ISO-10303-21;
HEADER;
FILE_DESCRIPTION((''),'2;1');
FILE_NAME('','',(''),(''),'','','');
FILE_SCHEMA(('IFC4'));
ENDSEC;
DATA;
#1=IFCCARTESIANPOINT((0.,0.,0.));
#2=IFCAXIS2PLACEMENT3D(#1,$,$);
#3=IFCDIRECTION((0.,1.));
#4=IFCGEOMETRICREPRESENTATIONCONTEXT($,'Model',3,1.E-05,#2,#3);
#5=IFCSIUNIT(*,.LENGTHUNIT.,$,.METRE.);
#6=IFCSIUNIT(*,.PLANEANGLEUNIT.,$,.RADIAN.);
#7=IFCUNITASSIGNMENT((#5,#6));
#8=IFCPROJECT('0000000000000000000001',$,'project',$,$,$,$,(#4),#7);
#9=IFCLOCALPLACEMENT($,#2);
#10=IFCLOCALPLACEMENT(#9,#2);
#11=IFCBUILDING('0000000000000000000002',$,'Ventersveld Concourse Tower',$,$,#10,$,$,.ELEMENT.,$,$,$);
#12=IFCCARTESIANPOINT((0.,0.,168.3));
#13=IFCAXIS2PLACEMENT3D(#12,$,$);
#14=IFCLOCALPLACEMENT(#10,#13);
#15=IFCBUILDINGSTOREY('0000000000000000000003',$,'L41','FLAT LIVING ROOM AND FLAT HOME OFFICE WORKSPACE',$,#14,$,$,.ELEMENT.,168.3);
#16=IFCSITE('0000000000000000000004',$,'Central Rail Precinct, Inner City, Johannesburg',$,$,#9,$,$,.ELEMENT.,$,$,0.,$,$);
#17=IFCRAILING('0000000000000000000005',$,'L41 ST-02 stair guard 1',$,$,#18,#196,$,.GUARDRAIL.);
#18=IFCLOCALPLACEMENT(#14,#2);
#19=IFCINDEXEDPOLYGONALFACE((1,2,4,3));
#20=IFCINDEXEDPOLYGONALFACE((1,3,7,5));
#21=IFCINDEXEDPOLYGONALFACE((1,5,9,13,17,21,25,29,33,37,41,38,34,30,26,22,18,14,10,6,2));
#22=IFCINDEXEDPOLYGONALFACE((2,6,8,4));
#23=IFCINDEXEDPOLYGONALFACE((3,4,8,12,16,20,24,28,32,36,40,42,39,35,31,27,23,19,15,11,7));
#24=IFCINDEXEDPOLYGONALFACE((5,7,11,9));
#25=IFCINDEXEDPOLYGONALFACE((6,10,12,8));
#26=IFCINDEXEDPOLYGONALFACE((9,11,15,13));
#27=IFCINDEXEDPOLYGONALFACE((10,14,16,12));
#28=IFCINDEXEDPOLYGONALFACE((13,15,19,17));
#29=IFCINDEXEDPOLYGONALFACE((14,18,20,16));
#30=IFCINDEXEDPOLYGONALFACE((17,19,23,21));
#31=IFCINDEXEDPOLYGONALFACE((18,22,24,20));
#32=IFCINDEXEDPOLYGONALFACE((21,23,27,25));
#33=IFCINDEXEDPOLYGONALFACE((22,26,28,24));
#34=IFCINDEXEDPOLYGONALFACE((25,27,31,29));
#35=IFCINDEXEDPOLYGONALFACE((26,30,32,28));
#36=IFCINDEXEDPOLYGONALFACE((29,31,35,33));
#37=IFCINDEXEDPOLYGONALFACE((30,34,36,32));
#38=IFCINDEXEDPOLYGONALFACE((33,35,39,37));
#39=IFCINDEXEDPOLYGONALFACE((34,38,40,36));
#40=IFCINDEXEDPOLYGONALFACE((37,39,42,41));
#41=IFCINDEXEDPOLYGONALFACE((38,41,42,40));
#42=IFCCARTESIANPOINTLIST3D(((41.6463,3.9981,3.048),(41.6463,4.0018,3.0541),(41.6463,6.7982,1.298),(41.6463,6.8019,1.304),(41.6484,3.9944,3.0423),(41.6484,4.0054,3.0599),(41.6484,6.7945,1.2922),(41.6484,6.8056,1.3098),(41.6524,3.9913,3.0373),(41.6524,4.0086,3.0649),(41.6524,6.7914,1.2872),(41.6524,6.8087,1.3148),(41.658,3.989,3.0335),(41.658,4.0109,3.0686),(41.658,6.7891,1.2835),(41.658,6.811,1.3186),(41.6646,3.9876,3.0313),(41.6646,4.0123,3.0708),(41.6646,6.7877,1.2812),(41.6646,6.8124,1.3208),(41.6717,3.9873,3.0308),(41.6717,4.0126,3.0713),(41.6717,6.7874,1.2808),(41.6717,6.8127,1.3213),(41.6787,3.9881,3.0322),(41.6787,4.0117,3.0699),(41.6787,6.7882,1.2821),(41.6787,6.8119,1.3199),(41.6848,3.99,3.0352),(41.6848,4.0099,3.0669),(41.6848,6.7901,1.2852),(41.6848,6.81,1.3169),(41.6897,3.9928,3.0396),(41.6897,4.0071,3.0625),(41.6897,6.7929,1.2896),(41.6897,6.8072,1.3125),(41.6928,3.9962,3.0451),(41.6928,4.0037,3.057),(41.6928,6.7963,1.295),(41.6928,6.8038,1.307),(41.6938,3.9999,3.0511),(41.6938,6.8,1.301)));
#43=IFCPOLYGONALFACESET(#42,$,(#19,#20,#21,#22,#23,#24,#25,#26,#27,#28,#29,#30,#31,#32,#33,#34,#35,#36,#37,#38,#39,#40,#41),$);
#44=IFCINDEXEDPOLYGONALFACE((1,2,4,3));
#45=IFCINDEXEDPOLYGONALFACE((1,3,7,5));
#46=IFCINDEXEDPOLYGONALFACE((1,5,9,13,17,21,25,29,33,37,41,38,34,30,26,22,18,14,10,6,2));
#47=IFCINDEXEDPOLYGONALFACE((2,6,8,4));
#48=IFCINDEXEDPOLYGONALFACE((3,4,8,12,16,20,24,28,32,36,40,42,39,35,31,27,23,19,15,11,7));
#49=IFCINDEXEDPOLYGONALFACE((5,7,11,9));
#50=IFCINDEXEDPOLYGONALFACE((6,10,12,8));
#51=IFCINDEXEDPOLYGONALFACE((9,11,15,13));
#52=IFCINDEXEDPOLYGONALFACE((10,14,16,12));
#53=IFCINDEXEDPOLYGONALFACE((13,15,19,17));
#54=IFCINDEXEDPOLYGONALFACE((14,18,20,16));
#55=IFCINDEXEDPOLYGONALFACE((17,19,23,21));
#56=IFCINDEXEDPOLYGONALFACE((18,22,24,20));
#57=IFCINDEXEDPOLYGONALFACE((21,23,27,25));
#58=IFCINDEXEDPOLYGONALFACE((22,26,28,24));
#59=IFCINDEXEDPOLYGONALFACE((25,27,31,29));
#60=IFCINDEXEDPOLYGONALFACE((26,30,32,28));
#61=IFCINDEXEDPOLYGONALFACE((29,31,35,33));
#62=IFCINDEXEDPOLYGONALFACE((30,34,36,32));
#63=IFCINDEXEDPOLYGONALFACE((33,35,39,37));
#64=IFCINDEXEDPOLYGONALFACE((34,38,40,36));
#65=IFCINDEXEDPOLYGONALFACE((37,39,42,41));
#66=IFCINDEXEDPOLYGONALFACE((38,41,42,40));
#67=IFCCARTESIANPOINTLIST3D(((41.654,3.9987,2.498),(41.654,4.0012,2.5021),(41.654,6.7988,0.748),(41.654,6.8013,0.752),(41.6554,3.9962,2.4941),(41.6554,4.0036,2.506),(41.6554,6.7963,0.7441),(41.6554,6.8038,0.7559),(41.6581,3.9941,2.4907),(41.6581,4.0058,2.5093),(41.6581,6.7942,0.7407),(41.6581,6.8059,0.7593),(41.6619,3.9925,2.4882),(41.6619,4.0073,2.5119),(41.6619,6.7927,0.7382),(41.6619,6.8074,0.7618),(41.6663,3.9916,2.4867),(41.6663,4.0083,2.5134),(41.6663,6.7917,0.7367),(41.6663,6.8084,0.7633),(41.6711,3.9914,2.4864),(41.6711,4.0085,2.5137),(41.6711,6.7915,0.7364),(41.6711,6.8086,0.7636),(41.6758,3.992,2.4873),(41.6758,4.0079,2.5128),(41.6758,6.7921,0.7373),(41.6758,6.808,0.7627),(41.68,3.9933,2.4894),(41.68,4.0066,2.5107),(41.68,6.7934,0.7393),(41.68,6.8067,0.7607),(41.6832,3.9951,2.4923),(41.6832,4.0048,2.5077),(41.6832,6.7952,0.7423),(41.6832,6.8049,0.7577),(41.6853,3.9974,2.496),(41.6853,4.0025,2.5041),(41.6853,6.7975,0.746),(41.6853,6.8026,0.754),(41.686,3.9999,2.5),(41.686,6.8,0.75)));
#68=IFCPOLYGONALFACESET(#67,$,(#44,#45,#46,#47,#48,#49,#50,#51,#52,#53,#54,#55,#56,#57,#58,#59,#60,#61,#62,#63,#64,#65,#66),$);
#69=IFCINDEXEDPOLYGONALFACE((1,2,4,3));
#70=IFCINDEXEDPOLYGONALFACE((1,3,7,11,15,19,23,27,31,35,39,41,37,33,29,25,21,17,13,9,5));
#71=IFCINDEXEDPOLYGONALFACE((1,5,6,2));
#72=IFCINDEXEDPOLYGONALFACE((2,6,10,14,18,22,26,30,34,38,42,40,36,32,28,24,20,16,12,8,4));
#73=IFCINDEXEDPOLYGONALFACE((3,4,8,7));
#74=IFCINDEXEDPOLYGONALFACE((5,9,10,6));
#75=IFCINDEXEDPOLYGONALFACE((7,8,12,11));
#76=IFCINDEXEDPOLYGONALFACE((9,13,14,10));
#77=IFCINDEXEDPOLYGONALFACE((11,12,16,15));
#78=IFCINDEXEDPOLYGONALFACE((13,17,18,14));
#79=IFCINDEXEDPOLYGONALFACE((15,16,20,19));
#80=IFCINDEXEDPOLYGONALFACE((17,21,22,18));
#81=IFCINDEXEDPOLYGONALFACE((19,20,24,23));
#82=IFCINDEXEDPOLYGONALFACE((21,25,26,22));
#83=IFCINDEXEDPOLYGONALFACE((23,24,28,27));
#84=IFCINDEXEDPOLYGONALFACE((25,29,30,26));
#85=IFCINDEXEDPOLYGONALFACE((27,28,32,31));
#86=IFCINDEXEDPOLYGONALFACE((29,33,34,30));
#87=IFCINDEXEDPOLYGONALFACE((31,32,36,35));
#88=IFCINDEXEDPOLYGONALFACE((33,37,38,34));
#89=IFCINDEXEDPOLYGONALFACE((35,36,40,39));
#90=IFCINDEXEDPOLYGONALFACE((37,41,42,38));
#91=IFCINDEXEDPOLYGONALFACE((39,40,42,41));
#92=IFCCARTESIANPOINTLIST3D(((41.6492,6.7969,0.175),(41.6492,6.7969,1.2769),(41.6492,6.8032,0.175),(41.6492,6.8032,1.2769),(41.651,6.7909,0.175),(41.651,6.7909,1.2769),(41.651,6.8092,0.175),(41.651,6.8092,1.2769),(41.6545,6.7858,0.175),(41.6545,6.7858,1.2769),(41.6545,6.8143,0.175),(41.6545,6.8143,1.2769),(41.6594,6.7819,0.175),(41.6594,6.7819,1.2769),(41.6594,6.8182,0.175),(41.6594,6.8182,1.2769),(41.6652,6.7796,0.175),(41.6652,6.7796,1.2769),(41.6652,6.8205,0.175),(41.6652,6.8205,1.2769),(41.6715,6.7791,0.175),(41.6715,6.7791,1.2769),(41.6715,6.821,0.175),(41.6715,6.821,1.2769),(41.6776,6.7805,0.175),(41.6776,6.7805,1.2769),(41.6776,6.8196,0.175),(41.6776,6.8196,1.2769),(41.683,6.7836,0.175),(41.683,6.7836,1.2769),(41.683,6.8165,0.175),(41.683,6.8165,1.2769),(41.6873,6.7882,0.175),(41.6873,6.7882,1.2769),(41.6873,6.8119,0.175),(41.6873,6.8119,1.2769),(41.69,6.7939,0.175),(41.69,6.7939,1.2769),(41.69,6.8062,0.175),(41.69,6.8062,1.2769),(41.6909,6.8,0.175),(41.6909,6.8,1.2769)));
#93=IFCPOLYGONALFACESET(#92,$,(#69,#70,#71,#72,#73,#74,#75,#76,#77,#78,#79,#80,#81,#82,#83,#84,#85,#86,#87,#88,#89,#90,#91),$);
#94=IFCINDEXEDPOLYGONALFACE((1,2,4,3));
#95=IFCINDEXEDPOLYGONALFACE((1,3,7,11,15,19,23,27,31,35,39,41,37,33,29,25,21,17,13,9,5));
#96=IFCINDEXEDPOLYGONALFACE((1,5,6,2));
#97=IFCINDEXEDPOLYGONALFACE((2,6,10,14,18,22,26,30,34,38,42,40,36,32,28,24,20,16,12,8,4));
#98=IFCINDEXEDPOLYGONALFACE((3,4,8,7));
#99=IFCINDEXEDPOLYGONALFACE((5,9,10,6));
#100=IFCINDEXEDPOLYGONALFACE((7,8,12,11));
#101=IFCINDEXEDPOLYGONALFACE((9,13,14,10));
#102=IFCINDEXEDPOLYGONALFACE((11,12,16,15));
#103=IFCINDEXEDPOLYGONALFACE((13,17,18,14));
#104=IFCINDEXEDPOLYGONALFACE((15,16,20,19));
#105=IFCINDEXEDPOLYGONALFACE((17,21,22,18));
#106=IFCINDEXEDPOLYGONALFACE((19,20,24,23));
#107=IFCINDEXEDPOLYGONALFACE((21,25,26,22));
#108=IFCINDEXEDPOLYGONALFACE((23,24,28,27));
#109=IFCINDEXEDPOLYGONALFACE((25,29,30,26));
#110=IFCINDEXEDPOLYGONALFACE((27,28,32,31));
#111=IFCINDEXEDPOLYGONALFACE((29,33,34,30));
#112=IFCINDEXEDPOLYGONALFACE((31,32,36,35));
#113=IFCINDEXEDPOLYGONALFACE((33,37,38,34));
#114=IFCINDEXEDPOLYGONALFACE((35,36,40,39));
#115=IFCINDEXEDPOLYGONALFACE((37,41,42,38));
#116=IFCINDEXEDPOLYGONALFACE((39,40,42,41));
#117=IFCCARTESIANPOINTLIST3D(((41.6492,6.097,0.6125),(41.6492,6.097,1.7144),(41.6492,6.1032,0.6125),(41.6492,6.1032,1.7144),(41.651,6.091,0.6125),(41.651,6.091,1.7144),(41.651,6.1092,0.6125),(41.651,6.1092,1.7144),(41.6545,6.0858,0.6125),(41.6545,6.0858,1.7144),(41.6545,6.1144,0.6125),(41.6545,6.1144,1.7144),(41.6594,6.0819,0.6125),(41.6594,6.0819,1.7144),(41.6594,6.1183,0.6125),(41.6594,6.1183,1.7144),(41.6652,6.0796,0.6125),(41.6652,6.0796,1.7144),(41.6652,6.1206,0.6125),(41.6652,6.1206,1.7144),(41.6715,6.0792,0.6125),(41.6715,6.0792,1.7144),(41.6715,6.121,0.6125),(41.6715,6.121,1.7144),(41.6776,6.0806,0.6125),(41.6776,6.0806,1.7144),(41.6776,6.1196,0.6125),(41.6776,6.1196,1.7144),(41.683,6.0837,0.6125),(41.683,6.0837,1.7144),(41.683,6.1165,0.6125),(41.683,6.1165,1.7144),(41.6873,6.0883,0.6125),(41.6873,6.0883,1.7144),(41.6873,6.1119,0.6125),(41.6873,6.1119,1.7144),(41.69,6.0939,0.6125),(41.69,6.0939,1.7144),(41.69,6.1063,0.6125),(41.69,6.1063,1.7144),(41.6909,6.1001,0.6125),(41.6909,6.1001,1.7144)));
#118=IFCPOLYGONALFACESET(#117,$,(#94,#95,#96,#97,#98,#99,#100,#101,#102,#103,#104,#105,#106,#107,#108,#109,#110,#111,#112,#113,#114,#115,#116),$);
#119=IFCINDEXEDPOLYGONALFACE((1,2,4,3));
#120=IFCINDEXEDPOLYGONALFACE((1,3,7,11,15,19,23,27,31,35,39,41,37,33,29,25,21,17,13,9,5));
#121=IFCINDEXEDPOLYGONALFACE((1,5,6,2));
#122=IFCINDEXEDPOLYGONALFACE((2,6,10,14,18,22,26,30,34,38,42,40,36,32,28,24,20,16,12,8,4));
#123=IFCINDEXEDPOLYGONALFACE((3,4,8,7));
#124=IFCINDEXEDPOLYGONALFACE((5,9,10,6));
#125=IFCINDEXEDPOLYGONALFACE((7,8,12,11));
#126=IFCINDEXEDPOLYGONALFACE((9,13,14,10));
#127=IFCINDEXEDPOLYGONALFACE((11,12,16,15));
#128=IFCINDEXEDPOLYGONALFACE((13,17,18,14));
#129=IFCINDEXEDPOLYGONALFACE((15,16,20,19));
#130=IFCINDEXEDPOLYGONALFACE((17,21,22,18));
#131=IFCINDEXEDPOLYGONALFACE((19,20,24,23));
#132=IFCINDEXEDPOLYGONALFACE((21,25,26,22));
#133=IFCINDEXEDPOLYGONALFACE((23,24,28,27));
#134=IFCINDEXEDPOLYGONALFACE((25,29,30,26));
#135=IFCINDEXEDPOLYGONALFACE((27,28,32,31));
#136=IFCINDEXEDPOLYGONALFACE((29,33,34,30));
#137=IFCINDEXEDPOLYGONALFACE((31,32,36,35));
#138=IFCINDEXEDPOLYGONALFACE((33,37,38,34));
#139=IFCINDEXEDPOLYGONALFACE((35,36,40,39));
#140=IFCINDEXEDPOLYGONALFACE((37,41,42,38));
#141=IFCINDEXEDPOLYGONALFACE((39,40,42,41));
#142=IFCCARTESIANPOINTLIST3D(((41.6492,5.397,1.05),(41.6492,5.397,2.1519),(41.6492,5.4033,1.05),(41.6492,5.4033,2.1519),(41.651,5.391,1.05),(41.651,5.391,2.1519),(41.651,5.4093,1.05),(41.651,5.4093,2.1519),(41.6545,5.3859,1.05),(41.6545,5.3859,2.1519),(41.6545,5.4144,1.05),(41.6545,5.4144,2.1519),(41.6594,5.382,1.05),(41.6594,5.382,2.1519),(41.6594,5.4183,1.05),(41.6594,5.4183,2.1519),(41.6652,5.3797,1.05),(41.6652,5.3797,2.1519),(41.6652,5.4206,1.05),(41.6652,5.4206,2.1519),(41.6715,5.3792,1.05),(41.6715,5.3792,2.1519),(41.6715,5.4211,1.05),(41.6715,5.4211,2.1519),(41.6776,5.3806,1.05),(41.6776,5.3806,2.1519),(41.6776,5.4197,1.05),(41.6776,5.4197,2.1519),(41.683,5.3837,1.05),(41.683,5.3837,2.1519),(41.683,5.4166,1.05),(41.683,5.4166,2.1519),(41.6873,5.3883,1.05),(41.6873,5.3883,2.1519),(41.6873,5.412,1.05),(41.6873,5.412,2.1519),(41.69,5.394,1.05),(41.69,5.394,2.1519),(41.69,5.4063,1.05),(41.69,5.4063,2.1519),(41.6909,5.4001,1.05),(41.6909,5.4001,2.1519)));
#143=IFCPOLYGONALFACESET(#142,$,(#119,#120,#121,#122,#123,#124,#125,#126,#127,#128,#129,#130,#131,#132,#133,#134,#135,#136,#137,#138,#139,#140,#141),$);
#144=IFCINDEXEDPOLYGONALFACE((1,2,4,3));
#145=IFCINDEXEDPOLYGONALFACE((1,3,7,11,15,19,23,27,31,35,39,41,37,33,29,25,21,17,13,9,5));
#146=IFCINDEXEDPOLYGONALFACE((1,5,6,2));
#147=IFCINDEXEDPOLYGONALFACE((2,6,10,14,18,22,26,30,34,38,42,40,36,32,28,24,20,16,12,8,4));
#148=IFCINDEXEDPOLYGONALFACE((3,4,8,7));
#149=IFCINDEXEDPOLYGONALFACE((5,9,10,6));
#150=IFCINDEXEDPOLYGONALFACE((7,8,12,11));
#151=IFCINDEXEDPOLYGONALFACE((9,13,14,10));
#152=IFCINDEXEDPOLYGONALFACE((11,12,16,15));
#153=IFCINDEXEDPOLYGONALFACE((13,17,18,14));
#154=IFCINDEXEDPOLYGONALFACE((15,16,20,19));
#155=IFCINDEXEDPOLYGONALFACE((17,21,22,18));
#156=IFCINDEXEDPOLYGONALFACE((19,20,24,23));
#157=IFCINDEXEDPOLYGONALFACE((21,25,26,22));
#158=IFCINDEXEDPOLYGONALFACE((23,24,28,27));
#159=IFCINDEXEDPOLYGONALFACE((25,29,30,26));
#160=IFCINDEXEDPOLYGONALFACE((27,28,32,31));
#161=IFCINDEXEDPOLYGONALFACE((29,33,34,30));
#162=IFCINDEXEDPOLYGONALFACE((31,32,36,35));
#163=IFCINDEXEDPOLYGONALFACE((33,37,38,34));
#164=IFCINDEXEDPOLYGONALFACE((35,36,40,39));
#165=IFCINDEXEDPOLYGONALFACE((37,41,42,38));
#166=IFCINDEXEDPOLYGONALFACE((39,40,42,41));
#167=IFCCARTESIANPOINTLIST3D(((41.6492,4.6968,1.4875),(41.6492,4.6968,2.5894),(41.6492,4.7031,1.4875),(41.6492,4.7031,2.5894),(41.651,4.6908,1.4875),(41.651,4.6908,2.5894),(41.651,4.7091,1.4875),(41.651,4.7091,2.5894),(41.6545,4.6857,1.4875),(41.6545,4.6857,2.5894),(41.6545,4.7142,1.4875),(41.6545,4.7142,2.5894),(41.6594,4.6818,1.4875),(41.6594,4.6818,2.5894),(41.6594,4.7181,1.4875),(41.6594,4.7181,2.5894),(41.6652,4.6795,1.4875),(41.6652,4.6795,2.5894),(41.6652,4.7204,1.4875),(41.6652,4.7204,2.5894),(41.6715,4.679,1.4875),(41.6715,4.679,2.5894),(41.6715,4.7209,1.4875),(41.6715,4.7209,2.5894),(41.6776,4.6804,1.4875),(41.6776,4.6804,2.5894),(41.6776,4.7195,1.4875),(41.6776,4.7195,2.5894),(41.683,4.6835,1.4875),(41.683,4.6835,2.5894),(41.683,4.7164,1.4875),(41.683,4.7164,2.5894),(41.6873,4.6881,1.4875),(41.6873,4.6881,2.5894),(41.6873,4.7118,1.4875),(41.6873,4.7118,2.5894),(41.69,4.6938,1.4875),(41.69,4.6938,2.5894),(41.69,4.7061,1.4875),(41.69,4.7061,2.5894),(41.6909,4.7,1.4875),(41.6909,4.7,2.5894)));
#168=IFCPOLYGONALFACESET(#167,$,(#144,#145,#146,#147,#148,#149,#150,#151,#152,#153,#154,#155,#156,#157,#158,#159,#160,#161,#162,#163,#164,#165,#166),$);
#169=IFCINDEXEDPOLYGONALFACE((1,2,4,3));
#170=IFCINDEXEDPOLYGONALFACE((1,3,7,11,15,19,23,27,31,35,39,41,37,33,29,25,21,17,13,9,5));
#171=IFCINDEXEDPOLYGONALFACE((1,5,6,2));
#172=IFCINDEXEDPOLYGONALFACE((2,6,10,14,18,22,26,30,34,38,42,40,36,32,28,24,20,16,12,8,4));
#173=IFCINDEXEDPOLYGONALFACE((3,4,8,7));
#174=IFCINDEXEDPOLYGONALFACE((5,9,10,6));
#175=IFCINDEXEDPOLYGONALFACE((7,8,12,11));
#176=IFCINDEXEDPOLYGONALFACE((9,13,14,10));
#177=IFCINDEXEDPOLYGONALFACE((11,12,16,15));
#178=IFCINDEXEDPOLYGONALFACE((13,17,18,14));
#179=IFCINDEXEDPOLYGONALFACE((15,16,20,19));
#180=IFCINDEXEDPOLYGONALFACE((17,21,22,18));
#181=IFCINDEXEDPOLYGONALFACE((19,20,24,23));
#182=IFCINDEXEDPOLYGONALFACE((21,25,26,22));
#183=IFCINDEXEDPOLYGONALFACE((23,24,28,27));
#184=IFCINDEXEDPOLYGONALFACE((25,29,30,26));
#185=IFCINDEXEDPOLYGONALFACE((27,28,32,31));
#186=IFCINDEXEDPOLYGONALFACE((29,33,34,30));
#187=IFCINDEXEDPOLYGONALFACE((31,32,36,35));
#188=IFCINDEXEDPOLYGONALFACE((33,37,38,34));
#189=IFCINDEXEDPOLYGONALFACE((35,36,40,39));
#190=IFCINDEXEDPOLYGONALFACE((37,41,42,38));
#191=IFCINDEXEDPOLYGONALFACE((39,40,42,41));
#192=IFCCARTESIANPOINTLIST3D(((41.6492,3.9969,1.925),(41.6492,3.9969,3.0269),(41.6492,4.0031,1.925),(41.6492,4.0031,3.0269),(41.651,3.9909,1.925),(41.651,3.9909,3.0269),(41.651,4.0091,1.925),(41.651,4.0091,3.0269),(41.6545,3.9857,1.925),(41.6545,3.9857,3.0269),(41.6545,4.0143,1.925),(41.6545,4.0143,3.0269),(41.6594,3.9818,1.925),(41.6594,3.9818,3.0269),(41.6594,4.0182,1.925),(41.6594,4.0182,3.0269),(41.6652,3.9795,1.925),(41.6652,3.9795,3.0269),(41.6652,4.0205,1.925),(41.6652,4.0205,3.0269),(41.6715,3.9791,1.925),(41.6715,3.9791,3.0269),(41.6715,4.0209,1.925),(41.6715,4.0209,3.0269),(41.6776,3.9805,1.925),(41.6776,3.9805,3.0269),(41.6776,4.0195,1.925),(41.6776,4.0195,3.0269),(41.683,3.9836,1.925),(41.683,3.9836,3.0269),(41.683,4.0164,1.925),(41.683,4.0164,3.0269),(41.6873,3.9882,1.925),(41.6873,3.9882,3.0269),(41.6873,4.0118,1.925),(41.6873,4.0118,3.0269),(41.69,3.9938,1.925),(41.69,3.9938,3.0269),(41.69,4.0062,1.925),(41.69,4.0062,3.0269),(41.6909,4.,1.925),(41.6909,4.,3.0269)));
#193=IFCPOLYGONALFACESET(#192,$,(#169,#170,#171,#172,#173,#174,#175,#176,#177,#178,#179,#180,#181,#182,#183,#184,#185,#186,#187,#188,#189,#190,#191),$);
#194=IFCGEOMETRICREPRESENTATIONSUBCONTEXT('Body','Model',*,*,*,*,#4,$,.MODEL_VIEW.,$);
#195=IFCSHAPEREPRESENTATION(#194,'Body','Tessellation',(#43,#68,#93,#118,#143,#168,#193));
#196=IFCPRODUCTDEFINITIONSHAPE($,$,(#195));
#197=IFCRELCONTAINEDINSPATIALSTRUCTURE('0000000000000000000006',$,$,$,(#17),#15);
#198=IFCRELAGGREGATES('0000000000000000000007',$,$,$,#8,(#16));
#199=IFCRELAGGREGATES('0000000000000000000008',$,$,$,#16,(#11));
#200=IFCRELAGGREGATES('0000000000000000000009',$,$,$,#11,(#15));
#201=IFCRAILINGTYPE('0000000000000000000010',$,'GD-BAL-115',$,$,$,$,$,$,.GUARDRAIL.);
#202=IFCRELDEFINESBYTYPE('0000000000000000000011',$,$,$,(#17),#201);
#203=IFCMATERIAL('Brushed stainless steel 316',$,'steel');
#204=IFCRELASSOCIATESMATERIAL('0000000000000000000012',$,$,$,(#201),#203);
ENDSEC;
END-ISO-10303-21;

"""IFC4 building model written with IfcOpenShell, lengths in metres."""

from ifc_helpers import new_model, si_unit, direction, frame, origin, origin_2d, place, context, subcontext, project, spatial, circle, extrude, material, type_object, element, save


model = new_model("IFC4")

# Units and contexts
model_context = context("Model", 3, precision=1e-05, world=origin(), true_north=direction((0.0, 1.0)))
body_context = subcontext(model_context, "Body", "Model", "MODEL_VIEW")
ifc_project = project(units=[si_unit("LENGTHUNIT", "METRE"), si_unit("PLANEANGLEUNIT", "RADIAN")], contexts=[model_context])

# Site, building, storey
site_placement = place(None, origin())
site = spatial("IfcSite", under=ifc_project, at=site_placement, Name="Central Rail Precinct, Inner City, Johannesburg", CompositionType="ELEMENT", RefElevation=0.0)
building_placement = place(site_placement, origin())
building = spatial("IfcBuilding", under=site, at=building_placement, Name="Ventersveld Concourse Tower", CompositionType="ELEMENT")
storey_placement = place(building_placement, frame((0.0, 0.0, 168.3)))
storey = spatial("IfcBuildingStorey", under=building, at=storey_placement, Name="L41", Description="FLAT LIVING ROOM AND FLAT HOME OFFICE WORKSPACE", CompositionType="ELEMENT", Elevation=168.3)

# Shared definitions
ifc_material_1 = material(Name="Brushed stainless steel 316", Category="steel")

# Railing
railing_type_1 = type_object("IfcRailingType", Name="GD-BAL-115", PredefinedType="GUARDRAIL", material=ifc_material_1)
railing_1_placement = place(storey_placement, frame((41.6699, 6.8, 0.175)))
element("IfcRailing", 1, at=railing_1_placement, inside=storey, type_object=railing_type_1, Name="L41 ST-02 stair guard 1", PredefinedType="GUARDRAIL", context=body_context, shape_type="SweptSolid", body=[
    extrude(circle(Radius=0.0239, at=origin_2d()), frame((0.0, 0.0, 1.126), z_axis=(0.0, -0.848002, 0.529992), x_axis=(1.0, 0.0, 0.0)), (0.0, 0.0, 1.0), 3.302),
    extrude(circle(Radius=0.0161, at=origin_2d()), frame((0.0, 0.0, 0.575), z_axis=(0.0, -0.848002, 0.529992), x_axis=(1.0, 0.0, 0.0)), (0.0, 0.0, 1.0), 3.302),
    extrude(circle(Radius=0.021, at=origin_2d()), origin(), (0.0, 0.0, 1.0), 1.1018),
    extrude(circle(Radius=0.021, at=origin_2d()), frame((0.0, -0.7, 0.4375)), (0.0, 0.0, 1.0), 1.1018),
    extrude(circle(Radius=0.021, at=origin_2d()), frame((0.0, -1.3999, 0.875)), (0.0, 0.0, 1.0), 1.1018),
    extrude(circle(Radius=0.021, at=origin_2d()), frame((0.0, -2.1001, 1.3125)), (0.0, 0.0, 1.0), 1.1018),
    extrude(circle(Radius=0.021, at=origin_2d()), frame((0.0, -2.8, 1.75)), (0.0, 0.0, 1.0), 1.1018),
])

save(model, "model.ifc")
